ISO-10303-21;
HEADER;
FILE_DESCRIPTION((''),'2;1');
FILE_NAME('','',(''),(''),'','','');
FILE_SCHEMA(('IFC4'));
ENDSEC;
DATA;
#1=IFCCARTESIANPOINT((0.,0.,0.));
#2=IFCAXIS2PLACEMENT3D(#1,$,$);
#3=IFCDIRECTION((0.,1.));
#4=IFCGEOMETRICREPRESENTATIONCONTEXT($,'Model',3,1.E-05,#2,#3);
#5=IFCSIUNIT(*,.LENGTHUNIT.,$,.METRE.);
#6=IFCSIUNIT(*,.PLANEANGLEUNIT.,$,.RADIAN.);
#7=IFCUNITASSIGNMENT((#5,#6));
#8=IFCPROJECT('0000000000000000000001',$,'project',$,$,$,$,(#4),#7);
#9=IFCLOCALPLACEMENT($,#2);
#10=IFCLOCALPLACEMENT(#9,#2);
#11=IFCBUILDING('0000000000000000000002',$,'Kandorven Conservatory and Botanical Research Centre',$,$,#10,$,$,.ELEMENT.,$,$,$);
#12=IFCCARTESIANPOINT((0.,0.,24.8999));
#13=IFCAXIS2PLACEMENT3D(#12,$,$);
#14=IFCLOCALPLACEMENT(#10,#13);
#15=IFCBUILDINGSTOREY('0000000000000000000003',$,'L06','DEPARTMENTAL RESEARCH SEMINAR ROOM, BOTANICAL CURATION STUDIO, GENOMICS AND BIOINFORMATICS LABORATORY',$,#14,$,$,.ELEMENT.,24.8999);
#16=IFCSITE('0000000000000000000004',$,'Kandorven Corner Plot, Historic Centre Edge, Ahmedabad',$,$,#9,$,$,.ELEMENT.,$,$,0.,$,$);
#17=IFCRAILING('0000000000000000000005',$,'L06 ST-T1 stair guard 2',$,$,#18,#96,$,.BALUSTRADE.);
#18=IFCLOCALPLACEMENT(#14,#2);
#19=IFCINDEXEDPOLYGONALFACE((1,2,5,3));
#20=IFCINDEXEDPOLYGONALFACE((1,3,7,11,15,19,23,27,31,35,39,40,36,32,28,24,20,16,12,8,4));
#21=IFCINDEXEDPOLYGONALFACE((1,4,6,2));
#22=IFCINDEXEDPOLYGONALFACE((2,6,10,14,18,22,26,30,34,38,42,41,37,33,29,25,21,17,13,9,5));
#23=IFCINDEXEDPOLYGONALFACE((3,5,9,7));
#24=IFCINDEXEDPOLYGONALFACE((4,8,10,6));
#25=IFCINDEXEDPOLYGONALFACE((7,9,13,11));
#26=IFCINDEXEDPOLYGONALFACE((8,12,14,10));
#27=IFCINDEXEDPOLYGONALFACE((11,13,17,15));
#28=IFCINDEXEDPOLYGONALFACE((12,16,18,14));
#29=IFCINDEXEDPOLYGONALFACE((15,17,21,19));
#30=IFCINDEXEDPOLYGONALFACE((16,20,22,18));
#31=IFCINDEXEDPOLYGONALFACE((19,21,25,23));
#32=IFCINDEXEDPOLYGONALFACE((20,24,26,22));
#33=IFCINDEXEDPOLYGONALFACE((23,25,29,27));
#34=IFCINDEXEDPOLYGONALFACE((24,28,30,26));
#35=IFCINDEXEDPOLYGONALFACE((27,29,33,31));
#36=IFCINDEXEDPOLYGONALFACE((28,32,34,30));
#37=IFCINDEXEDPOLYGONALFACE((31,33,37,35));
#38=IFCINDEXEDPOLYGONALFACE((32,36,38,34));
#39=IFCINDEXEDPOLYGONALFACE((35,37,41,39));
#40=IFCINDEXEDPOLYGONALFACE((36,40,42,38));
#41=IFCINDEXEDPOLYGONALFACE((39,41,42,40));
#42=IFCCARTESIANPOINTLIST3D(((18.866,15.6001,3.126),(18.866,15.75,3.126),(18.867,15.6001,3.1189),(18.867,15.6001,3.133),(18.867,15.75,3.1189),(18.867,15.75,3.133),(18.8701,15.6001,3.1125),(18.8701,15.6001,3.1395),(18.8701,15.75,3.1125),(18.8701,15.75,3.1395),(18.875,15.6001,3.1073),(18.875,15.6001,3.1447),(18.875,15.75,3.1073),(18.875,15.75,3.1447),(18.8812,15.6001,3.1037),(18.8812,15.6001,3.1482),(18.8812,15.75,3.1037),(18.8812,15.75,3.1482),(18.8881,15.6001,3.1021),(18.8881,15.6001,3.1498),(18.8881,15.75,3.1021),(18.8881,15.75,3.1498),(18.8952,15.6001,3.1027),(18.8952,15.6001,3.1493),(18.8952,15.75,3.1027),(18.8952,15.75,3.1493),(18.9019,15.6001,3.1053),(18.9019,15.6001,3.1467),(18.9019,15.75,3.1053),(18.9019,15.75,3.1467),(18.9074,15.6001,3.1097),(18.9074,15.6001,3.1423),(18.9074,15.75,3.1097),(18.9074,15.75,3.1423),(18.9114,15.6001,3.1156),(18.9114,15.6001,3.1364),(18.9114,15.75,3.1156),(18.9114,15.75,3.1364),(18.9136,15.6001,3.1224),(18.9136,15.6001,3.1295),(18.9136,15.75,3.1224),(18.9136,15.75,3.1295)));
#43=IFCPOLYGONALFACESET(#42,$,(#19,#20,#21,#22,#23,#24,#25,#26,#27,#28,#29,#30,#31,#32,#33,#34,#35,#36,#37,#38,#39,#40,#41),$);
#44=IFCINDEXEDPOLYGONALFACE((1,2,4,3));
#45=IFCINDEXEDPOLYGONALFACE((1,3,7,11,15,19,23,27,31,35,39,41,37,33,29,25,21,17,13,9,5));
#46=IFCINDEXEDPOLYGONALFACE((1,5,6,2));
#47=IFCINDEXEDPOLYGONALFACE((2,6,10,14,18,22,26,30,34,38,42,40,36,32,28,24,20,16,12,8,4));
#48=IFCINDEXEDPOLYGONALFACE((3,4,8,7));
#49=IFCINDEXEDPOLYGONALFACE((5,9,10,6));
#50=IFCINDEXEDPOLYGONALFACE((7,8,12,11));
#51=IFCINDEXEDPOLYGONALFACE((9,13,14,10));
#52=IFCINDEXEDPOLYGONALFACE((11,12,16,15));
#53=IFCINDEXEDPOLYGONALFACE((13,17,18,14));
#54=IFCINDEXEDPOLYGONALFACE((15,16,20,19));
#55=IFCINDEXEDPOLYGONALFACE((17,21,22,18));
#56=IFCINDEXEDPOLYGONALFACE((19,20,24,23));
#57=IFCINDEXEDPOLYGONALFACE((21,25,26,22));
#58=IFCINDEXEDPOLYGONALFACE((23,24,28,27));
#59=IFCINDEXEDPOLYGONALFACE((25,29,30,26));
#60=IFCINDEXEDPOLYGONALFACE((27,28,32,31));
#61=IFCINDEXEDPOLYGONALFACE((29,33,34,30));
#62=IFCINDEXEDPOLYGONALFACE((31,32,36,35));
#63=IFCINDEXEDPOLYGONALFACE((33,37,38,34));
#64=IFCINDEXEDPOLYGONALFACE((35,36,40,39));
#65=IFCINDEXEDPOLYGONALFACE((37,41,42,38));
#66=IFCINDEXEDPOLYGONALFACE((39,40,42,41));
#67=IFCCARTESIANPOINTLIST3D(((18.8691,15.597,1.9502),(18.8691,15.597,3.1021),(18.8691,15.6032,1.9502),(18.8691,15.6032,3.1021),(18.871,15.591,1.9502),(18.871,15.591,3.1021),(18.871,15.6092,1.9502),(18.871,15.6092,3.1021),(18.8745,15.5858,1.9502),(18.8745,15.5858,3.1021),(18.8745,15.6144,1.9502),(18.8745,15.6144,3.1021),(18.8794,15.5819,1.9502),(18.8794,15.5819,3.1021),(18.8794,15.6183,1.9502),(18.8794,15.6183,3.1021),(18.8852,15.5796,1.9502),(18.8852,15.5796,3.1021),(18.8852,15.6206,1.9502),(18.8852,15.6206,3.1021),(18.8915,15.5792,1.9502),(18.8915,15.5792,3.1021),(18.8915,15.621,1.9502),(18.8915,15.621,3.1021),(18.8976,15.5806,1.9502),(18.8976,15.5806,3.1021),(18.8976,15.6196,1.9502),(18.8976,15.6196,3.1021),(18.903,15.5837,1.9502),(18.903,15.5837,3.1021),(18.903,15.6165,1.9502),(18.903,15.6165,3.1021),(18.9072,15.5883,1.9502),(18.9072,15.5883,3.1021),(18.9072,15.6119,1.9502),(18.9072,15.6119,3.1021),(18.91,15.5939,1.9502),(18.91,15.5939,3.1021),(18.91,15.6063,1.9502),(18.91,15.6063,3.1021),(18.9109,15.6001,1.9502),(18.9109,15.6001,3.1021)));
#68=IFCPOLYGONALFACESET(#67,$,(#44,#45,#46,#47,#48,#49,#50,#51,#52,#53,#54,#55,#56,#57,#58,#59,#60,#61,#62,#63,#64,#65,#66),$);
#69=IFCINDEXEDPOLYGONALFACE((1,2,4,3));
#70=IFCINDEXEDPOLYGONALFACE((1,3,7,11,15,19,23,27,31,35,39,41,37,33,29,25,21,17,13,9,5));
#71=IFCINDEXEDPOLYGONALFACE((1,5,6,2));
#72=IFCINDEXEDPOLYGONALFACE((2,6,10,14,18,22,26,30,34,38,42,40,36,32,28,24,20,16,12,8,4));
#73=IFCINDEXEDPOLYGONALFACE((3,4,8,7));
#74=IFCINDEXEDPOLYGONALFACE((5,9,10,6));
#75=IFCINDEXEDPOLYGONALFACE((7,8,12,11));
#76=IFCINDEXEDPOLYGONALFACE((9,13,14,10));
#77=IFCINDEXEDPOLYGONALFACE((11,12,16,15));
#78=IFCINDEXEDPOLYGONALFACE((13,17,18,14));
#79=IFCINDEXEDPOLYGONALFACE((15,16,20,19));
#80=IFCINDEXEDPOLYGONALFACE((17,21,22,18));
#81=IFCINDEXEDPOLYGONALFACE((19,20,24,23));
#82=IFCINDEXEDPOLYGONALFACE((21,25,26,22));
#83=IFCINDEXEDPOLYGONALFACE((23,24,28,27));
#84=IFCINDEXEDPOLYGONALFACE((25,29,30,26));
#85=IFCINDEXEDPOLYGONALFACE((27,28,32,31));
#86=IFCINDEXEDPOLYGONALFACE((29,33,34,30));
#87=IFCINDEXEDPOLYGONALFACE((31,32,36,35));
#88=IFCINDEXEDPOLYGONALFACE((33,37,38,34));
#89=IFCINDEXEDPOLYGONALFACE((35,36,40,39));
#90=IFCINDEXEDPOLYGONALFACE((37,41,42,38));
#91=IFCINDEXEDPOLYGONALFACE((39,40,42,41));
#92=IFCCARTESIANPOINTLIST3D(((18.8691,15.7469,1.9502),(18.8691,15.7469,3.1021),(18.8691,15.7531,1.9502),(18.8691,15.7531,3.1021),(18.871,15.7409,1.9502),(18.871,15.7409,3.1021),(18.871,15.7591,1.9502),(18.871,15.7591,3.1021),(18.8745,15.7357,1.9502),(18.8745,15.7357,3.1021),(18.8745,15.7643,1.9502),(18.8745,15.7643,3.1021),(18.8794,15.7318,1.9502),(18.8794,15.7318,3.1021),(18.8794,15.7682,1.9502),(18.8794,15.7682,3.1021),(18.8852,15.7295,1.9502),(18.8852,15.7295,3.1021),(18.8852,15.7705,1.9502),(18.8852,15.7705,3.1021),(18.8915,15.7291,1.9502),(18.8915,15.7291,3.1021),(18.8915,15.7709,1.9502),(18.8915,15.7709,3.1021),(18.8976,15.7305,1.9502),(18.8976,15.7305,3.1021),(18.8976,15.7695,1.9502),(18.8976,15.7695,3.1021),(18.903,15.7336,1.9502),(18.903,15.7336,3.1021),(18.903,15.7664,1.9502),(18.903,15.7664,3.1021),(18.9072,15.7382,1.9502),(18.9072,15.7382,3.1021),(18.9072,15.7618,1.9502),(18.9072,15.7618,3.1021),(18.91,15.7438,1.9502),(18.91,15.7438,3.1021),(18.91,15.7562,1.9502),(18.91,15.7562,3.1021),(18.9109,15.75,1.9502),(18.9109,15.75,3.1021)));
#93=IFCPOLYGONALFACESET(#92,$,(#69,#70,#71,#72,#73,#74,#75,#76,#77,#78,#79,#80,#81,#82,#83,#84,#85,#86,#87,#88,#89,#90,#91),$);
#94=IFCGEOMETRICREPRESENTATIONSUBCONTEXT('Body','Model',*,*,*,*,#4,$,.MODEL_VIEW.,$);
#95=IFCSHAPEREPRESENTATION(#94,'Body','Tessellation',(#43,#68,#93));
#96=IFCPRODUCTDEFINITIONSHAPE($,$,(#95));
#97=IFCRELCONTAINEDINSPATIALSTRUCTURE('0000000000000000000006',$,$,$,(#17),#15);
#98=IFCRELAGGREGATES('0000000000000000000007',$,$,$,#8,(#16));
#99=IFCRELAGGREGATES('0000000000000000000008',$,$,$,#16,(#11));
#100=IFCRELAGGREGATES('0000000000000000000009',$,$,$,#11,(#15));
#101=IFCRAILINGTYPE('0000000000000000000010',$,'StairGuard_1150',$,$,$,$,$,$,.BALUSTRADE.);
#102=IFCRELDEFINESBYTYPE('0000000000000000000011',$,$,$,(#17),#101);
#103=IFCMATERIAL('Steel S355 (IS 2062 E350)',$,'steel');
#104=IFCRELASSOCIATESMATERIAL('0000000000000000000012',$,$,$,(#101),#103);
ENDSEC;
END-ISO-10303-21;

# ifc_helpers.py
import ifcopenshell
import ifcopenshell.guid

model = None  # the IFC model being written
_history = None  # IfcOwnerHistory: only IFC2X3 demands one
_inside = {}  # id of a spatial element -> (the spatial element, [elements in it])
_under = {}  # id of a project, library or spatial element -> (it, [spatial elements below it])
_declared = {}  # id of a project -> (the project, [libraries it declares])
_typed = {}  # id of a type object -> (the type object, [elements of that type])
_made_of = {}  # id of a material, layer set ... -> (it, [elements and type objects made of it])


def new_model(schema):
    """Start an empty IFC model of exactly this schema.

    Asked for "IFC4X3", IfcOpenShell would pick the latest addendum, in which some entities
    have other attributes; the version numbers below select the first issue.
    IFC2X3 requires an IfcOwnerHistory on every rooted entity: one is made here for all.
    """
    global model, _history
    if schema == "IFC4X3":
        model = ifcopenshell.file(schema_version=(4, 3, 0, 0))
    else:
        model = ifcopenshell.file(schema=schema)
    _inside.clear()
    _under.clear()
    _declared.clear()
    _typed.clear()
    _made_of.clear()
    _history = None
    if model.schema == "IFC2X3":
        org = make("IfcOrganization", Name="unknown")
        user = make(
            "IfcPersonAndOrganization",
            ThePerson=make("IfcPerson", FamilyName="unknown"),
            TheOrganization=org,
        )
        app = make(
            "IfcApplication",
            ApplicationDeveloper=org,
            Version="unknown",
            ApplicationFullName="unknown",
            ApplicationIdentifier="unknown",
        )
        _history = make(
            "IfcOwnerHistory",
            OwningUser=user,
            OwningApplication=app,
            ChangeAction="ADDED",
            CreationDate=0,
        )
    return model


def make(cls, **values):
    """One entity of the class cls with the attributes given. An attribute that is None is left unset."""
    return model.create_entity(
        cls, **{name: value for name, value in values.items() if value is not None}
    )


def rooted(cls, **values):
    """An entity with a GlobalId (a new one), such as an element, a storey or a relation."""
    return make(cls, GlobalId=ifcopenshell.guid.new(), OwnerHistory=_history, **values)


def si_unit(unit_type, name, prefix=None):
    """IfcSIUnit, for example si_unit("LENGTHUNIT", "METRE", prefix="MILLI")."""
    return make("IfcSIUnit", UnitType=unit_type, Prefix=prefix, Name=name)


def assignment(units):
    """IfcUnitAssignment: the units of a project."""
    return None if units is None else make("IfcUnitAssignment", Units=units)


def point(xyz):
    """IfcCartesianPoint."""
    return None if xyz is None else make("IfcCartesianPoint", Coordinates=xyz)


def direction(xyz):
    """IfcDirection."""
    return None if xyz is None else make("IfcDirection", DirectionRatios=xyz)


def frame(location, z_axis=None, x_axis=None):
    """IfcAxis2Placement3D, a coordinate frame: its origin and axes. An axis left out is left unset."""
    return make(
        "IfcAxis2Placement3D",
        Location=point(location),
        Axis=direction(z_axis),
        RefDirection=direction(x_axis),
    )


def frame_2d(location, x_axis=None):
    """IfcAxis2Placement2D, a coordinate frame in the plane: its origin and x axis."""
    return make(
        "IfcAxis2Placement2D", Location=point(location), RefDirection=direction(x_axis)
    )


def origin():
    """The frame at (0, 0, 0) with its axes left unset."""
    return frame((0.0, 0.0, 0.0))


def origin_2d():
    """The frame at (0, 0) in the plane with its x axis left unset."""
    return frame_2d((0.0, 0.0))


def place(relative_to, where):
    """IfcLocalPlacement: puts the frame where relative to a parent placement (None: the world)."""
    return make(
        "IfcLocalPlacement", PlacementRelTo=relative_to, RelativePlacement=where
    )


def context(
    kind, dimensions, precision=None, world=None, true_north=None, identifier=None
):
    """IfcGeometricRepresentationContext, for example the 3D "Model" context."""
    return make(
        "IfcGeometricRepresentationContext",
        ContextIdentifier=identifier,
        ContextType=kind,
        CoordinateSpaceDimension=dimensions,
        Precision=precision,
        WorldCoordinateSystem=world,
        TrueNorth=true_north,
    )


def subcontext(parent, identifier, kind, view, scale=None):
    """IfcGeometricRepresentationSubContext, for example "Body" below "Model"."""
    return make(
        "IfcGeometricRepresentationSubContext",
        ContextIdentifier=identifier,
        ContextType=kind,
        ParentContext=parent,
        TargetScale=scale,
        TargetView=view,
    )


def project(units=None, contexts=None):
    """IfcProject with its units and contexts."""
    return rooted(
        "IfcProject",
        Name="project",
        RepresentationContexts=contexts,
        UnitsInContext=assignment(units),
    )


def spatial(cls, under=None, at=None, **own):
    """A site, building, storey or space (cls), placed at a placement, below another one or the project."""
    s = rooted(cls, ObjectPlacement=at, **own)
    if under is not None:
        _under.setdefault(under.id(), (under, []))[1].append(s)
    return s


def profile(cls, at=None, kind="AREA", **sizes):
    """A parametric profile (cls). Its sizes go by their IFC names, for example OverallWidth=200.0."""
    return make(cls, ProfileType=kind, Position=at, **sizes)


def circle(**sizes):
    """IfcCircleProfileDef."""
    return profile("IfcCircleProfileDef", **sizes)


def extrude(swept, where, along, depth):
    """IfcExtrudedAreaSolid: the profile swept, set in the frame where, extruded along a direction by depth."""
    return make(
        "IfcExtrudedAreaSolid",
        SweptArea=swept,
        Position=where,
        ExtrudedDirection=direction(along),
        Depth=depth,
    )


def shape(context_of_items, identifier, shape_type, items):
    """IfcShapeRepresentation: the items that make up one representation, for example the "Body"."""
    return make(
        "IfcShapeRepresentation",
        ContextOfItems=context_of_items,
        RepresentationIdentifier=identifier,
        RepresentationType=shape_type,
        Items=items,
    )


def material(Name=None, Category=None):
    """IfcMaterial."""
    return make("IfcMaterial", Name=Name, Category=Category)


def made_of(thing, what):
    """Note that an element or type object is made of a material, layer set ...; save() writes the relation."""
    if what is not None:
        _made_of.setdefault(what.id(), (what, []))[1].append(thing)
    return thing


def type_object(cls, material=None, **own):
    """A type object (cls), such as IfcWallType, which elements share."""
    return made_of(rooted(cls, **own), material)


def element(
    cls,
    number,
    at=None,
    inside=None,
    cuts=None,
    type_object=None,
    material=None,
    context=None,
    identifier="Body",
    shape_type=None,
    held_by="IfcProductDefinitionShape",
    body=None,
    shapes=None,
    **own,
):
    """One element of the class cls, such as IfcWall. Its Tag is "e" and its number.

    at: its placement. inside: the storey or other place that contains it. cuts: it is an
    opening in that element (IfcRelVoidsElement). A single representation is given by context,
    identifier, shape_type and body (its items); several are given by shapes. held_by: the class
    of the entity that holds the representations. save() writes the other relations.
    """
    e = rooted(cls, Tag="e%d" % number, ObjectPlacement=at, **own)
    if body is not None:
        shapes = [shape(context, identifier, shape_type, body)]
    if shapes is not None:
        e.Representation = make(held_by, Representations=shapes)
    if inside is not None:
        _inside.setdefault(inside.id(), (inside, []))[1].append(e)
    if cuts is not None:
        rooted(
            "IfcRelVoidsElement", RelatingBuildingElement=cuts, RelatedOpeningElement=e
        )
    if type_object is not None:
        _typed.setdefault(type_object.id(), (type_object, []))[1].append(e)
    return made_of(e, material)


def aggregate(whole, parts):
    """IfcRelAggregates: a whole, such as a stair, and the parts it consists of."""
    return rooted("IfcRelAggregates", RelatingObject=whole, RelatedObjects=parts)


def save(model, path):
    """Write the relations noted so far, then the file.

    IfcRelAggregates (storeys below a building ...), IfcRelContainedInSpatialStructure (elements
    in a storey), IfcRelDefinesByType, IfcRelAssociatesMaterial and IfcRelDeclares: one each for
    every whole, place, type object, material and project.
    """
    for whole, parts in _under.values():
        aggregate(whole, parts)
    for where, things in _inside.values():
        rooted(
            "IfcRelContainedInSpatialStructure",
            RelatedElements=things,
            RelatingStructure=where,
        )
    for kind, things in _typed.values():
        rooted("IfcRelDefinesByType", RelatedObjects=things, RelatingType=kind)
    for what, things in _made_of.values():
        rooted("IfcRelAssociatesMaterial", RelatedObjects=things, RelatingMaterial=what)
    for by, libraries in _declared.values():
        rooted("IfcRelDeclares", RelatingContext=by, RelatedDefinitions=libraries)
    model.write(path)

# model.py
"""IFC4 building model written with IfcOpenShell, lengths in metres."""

from ifc_helpers import new_model, si_unit, direction, frame, origin, origin_2d, place, context, subcontext, project, spatial, circle, extrude, material, type_object, element, save


model = new_model("IFC4")

# Units and contexts
model_context = context("Model", 3, precision=1e-05, world=origin(), true_north=direction((0.0, 1.0)))
body_context = subcontext(model_context, "Body", "Model", "MODEL_VIEW")
ifc_project = project(units=[si_unit("LENGTHUNIT", "METRE"), si_unit("PLANEANGLEUNIT", "RADIAN")], contexts=[model_context])

# Site, building, storey
site_placement = place(None, origin())
site = spatial("IfcSite", under=ifc_project, at=site_placement, Name="Kandorven Corner Plot, Historic Centre Edge, Ahmedabad", CompositionType="ELEMENT", RefElevation=0.0)
building_placement = place(site_placement, origin())
building = spatial("IfcBuilding", under=site, at=building_placement, Name="Kandorven Conservatory and Botanical Research Centre", CompositionType="ELEMENT")
storey_placement = place(building_placement, frame((0.0, 0.0, 24.8999)))
storey = spatial("IfcBuildingStorey", under=building, at=storey_placement, Name="L06", Description="DEPARTMENTAL RESEARCH SEMINAR ROOM, BOTANICAL CURATION STUDIO, GENOMICS AND BIOINFORMATICS LABORATORY", CompositionType="ELEMENT", Elevation=24.8999)

# Railing
ifc_material_1 = material(Name="Steel S355 (IS 2062 E350)", Category="steel")
railing_type_1 = type_object("IfcRailingType", Name="StairGuard_1150", PredefinedType="BALUSTRADE", material=ifc_material_1)
railing_1_placement = place(storey_placement, frame((18.8899, 15.6001, 1.9502)))
element("IfcRailing", 1, at=railing_1_placement, inside=storey, type_object=railing_type_1, Name="L06 ST-T1 stair guard 2", PredefinedType="BALUSTRADE", context=body_context, shape_type="SweptSolid", body=[
    extrude(circle(Radius=0.0239, at=origin_2d()), frame((0.0, 0.0, 1.1758), z_axis=(0.0, 1.0, 0.0), x_axis=(-1.0, 0.0, 0.0)), (0.0, 0.0, 1.0), 0.1499),
    extrude(circle(Radius=0.021, at=origin_2d()), origin(), (0.0, 0.0, 1.0), 1.1519),
    extrude(circle(Radius=0.021, at=origin_2d()), frame((0.0, 0.1499, 0.0)), (0.0, 0.0, 1.0), 1.1519),
])

save(model, "model.ifc")
